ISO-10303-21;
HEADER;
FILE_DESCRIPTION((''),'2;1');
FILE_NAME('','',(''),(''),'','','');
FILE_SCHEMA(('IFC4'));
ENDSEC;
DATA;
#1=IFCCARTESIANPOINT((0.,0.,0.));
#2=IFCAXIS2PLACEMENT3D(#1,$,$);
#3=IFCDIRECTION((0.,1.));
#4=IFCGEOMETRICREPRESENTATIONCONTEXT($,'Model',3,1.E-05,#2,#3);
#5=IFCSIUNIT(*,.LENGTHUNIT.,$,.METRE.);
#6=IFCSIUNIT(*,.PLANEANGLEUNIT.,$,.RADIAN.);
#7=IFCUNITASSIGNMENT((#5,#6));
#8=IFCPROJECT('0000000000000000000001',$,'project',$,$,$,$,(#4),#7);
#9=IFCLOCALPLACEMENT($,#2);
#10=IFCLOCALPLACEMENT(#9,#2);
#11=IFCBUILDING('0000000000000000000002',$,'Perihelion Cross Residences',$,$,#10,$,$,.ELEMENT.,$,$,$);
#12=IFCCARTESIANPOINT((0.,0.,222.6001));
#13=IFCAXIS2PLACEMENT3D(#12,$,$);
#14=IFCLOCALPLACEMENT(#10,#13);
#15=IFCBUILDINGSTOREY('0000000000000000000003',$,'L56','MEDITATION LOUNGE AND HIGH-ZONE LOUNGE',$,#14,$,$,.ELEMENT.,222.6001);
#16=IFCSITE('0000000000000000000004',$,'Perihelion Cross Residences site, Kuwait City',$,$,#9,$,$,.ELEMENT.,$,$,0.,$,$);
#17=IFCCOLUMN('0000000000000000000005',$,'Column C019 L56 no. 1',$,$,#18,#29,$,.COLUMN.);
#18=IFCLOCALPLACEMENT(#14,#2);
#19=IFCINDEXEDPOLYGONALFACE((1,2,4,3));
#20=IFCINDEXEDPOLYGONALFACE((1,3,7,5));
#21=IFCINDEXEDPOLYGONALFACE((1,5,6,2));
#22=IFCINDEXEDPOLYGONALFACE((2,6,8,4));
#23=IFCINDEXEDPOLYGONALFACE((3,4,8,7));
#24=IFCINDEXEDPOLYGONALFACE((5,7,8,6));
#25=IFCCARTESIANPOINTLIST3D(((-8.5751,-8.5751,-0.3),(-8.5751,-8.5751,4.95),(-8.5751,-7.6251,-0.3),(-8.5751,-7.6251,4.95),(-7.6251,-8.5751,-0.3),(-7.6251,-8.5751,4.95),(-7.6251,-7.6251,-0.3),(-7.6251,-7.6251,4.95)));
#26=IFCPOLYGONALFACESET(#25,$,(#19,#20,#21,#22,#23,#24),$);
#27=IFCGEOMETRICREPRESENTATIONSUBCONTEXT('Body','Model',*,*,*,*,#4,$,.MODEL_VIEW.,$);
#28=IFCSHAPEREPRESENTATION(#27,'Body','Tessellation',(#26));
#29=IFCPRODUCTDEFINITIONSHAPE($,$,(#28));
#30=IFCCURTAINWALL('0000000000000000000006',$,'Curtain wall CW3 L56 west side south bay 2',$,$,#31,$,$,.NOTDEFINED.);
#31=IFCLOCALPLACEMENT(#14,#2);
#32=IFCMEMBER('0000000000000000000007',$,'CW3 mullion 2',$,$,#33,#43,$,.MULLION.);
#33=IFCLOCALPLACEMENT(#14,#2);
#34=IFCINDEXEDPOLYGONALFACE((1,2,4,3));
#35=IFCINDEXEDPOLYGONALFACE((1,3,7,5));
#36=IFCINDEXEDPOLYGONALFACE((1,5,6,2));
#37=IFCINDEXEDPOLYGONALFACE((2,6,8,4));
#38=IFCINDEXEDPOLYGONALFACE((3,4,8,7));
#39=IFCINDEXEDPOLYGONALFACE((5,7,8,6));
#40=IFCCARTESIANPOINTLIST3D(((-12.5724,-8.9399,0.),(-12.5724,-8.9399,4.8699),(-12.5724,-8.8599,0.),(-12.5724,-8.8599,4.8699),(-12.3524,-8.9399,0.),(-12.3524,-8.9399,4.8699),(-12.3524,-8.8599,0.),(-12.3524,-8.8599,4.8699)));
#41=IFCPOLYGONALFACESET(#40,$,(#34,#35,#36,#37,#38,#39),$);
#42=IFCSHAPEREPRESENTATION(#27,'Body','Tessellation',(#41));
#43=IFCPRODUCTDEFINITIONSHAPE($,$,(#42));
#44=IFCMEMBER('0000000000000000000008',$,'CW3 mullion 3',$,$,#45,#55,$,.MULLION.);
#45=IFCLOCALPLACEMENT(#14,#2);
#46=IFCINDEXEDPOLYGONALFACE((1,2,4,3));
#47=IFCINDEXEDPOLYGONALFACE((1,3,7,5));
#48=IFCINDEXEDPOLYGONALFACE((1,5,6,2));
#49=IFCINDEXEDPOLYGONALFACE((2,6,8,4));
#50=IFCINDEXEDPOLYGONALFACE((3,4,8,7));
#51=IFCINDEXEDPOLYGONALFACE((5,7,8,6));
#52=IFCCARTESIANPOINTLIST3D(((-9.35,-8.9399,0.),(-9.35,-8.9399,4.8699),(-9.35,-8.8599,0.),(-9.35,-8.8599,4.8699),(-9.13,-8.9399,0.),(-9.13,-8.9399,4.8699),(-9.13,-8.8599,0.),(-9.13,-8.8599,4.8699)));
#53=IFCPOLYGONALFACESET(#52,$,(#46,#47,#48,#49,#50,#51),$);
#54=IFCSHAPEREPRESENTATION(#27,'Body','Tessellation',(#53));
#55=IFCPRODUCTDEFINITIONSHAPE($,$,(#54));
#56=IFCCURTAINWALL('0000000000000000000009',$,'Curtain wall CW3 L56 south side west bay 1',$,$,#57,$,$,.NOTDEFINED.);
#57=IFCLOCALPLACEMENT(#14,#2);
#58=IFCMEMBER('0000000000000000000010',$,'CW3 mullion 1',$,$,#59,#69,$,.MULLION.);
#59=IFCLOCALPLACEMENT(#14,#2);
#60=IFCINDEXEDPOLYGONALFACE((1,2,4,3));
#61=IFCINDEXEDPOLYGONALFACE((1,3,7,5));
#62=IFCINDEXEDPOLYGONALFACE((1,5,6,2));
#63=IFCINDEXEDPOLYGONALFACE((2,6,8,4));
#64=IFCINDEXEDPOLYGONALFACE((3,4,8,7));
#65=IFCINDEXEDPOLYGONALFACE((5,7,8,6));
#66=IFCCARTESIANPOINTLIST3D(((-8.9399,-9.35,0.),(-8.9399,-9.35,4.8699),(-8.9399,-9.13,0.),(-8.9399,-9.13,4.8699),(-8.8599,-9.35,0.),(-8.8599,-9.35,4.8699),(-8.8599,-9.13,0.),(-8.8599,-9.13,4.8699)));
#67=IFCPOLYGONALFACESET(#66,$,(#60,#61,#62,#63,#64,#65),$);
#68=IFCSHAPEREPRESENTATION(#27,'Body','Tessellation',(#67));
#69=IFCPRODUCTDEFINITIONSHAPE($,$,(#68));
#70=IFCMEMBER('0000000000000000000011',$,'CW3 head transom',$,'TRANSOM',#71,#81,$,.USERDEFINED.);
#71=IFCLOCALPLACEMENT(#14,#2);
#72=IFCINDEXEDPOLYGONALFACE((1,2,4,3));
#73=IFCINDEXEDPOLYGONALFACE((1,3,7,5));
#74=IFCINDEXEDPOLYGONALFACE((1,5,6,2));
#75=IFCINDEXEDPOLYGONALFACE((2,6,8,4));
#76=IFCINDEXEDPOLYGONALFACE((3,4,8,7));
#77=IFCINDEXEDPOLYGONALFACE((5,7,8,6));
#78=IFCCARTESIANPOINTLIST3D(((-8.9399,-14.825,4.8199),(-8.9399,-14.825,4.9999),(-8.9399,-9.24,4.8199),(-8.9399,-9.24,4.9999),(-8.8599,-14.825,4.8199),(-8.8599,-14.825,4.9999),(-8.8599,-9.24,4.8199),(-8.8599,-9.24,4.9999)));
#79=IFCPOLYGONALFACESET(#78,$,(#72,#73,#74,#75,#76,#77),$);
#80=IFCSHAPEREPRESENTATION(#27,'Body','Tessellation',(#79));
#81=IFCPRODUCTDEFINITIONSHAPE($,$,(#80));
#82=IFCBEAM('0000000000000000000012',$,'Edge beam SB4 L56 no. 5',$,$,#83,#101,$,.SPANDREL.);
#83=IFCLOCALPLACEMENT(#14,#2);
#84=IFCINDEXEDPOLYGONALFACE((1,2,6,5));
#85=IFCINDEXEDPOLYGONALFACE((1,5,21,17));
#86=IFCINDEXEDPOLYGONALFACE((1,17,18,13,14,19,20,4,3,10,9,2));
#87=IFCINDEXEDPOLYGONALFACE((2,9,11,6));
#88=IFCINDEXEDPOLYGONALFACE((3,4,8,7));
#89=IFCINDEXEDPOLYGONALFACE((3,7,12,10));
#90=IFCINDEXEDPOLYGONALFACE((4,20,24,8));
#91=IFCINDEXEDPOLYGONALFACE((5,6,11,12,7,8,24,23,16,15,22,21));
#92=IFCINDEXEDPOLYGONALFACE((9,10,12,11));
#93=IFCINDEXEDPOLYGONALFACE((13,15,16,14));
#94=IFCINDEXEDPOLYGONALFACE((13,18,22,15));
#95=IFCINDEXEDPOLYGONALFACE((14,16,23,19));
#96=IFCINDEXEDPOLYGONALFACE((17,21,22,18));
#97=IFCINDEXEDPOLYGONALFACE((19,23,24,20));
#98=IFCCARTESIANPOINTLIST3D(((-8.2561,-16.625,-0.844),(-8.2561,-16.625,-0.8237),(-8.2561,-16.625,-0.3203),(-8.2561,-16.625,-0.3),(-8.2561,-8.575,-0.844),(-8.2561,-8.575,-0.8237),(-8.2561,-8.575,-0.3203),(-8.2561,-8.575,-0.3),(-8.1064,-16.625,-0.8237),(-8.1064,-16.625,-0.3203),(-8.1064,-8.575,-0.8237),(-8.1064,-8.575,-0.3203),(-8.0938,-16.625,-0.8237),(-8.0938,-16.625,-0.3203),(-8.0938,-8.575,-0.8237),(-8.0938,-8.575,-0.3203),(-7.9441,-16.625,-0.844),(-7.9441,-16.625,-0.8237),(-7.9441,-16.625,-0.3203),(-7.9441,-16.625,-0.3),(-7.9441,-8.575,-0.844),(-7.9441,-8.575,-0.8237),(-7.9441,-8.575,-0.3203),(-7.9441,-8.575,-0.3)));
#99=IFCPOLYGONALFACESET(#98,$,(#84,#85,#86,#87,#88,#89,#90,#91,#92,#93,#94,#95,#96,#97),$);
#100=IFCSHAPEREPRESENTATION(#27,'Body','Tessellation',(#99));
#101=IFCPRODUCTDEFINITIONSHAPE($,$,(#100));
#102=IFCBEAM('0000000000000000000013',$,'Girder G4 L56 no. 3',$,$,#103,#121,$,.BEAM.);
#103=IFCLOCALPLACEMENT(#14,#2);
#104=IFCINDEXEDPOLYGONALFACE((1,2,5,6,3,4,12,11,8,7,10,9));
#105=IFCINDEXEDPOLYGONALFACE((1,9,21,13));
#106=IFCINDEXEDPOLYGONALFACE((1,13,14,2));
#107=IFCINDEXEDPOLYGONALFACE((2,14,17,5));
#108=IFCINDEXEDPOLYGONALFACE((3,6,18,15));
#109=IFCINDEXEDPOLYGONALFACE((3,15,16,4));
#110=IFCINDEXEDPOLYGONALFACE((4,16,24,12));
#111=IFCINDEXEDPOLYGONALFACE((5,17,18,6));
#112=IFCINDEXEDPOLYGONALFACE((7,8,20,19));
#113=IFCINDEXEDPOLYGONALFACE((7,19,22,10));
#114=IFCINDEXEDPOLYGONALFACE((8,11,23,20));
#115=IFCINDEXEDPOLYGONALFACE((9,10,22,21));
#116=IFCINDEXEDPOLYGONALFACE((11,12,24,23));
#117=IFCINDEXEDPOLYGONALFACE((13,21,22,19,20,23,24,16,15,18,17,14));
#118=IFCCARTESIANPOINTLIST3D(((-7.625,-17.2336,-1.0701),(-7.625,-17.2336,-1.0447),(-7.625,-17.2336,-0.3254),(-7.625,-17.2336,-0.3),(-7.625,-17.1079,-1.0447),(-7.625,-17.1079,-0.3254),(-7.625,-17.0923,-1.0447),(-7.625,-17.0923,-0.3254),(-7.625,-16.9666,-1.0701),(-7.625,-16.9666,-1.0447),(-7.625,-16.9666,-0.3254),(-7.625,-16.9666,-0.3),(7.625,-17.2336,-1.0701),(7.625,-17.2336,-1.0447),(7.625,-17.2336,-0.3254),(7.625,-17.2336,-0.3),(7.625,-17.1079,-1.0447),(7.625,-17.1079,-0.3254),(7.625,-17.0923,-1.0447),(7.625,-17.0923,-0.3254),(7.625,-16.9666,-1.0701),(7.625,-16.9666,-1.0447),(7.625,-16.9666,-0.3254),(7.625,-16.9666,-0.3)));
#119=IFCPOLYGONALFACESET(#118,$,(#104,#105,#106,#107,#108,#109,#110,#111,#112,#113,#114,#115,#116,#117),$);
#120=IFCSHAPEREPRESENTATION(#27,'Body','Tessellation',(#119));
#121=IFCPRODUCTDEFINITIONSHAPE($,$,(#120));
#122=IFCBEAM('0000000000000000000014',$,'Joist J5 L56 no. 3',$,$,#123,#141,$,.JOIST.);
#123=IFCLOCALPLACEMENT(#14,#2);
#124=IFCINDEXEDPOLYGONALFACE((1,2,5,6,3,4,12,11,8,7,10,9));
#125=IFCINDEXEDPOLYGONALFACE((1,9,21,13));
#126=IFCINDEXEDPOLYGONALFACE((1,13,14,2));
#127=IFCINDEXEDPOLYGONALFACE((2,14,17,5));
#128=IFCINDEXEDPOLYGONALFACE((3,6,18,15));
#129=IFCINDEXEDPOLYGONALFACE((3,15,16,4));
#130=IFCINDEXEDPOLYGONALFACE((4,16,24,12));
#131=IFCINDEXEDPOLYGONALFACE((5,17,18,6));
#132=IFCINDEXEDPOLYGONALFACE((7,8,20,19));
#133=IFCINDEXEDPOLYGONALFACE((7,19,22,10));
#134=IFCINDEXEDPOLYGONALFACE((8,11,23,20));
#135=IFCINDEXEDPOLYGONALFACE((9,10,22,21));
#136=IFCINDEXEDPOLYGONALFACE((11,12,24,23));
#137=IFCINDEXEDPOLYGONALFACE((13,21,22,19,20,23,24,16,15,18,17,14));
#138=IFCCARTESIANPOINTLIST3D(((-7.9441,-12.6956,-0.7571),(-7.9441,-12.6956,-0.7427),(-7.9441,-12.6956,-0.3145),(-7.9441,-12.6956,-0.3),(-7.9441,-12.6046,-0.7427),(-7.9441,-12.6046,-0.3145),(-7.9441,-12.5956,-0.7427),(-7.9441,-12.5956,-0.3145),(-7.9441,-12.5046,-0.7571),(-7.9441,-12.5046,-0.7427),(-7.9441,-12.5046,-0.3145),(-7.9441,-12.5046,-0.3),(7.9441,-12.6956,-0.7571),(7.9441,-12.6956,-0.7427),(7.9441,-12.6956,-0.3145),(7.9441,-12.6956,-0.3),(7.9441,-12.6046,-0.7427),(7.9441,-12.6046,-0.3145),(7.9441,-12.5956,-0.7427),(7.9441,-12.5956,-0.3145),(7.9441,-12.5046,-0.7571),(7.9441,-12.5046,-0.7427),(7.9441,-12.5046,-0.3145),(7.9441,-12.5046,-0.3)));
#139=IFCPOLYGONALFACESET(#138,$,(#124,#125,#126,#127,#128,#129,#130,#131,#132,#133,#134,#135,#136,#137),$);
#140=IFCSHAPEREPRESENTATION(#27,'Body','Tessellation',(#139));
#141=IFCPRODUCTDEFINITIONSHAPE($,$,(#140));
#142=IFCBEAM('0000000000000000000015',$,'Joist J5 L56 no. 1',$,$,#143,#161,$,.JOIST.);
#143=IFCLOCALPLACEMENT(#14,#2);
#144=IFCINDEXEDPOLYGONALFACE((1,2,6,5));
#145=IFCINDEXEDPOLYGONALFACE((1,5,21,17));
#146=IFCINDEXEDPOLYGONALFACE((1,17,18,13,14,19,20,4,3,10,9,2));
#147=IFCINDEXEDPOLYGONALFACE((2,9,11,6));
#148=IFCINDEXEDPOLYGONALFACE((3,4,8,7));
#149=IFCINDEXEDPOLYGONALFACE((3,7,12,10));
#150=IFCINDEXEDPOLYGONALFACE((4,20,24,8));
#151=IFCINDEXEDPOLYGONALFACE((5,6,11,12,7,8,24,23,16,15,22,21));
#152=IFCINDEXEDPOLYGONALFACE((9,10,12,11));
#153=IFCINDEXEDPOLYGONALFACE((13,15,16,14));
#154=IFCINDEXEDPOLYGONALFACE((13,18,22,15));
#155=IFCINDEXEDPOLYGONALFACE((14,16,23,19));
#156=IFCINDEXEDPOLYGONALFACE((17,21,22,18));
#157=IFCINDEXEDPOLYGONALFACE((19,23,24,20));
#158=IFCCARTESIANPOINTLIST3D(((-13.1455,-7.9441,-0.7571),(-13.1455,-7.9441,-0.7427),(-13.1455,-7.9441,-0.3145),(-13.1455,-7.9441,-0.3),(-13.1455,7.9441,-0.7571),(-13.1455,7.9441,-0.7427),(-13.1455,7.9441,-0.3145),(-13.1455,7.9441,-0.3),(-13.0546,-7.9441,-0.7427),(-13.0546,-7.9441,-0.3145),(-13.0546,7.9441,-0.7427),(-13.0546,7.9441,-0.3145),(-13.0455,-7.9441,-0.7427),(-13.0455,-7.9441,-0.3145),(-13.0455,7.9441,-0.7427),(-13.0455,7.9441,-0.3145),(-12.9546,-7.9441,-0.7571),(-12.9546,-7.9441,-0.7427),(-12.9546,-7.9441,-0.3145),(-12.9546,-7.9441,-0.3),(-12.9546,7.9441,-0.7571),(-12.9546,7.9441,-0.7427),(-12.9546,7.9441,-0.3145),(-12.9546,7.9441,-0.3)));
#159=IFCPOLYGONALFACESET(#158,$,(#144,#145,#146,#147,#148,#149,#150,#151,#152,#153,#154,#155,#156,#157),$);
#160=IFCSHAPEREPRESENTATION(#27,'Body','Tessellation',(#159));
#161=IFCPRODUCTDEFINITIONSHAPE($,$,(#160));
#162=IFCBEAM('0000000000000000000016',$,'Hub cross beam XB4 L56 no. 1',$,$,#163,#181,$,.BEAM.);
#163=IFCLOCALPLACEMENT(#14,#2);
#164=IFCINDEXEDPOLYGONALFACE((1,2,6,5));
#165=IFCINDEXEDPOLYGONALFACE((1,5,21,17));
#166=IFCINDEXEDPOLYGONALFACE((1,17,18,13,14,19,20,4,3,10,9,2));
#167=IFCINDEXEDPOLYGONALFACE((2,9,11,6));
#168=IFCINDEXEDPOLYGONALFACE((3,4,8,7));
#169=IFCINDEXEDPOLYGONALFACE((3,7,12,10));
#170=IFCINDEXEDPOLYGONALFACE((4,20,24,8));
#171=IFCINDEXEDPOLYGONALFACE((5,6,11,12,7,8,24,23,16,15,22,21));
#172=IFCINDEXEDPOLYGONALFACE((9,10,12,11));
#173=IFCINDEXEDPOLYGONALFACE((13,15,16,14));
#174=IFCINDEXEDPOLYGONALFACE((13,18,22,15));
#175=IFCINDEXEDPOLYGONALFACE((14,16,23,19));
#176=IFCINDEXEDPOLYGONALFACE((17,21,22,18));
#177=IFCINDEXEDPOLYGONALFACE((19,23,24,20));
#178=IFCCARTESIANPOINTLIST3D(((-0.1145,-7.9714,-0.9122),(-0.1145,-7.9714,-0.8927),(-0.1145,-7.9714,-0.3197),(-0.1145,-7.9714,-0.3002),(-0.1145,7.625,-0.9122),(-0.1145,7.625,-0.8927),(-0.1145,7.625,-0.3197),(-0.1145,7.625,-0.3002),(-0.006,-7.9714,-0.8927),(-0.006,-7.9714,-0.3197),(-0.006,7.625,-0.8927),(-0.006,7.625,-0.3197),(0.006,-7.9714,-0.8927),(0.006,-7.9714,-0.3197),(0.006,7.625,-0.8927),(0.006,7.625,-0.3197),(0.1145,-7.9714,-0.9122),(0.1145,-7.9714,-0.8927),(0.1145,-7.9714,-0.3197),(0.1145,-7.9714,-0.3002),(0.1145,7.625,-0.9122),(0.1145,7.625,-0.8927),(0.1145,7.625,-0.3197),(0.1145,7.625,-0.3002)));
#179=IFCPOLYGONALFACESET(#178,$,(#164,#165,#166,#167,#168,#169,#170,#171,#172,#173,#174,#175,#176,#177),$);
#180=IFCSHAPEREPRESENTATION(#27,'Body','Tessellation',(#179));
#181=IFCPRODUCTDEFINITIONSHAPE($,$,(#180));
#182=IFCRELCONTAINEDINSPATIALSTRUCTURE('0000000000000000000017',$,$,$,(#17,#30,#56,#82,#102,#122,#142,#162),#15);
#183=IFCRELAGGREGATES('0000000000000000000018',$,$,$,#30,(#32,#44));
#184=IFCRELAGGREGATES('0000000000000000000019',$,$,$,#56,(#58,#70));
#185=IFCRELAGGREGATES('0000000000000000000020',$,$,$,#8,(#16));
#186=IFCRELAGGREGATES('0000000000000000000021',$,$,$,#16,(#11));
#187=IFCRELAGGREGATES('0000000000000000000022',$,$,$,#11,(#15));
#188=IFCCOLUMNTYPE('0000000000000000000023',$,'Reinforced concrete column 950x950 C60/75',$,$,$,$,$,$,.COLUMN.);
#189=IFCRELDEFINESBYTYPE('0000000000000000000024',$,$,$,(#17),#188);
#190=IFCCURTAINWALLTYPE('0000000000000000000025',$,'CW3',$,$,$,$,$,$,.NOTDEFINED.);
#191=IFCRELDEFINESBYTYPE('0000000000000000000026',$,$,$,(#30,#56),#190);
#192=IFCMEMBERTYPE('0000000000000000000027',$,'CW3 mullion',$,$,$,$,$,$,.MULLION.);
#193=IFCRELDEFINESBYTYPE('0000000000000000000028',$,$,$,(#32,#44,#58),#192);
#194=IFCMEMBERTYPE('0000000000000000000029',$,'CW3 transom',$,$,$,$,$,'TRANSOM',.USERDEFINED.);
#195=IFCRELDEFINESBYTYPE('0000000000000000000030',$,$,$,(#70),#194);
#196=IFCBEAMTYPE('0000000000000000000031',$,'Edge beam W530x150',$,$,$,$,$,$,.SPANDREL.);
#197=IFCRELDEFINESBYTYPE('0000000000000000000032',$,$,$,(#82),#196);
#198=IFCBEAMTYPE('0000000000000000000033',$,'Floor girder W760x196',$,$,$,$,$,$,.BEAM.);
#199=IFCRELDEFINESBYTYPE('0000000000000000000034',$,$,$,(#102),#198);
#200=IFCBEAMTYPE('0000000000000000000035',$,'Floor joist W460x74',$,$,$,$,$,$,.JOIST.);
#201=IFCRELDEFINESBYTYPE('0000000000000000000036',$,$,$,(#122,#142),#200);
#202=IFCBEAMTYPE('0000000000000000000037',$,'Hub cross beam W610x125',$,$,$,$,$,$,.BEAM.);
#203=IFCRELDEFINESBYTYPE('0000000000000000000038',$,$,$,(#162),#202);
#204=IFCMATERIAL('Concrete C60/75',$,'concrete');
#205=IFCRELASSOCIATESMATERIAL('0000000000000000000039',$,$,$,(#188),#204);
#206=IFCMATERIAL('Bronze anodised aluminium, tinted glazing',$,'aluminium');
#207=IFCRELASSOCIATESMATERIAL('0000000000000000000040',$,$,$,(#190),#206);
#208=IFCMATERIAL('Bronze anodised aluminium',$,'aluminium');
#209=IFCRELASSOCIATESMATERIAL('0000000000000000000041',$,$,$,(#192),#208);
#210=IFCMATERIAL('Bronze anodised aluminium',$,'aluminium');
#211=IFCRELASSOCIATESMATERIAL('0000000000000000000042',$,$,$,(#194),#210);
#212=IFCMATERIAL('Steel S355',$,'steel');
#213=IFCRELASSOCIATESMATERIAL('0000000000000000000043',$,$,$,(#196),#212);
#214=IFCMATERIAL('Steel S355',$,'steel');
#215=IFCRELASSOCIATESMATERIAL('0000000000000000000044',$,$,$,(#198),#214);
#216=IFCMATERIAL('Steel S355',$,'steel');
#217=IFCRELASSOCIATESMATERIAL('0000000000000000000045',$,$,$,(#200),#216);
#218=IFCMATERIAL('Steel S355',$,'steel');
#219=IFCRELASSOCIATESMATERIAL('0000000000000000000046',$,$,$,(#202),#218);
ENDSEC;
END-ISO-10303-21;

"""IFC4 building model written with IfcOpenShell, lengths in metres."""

from ifc_helpers import new_model, si_unit, direction, frame, origin, origin_2d, place, context, subcontext, project, spatial, rectangle, i_section, extrude, material, material_profile, profile_set, type_object, element, aggregate, save


model = new_model("IFC4")

# Units and contexts
model_context = context("Model", 3, precision=1e-05, world=origin(), true_north=direction((0.0, 1.0)))
body_context = subcontext(model_context, "Body", "Model", "MODEL_VIEW")
ifc_project = project(units=[si_unit("LENGTHUNIT", "METRE"), si_unit("PLANEANGLEUNIT", "RADIAN")], contexts=[model_context])

# Site, building, storey
site_placement = place(None, origin())
site = spatial("IfcSite", under=ifc_project, at=site_placement, Name="Perihelion Cross Residences site, Kuwait City", CompositionType="ELEMENT", RefElevation=0.0)
building_placement = place(site_placement, origin())
building = spatial("IfcBuilding", under=site, at=building_placement, Name="Perihelion Cross Residences", CompositionType="ELEMENT")
storey_placement = place(building_placement, frame((0.0, 0.0, 222.6001)))
storey = spatial("IfcBuildingStorey", under=building, at=storey_placement, Name="L56", Description="MEDITATION LOUNGE AND HIGH-ZONE LOUNGE", CompositionType="ELEMENT", Elevation=222.6001)

# Column
ifc_material_1 = material(Name="Concrete C60/75", Category="concrete")
ifc_material_profile_1 = material_profile(ifc_material_1, rectangle(XDim=0.95, YDim=0.95, at=origin_2d()), Name="RC 950x950")
ifc_profile_set_1 = profile_set([ifc_material_profile_1], Name="Concrete C60/75")
column_type = type_object("IfcColumnType", Name="Reinforced concrete column 950x950 C60/75", PredefinedType="COLUMN", material=ifc_profile_set_1)
column_placement = place(storey_placement, frame((-8.1001, -8.1001, -0.3), z_axis=(0.0, 0.0, 1.0), x_axis=(1.0, 0.0, 0.0)))
element("IfcColumn", 1, at=column_placement, inside=storey, type_object=column_type, Name="Column C019 L56 no. 1", PredefinedType="COLUMN", context=body_context, shape_type="SweptSolid", body=[
    extrude(rectangle(XDim=0.95, YDim=0.95, at=origin_2d()), origin(), (0.0, 0.0, 1.0), 5.25),
])

# Curtain walls, members
ifc_material_2 = material(Name="Bronze anodised aluminium, tinted glazing", Category="aluminium")
curtain_wall_type = type_object("IfcCurtainWallType", Name="CW3", PredefinedType="NOTDEFINED", material=ifc_material_2)
curtain_wall_1_placement = place(storey_placement, origin())
curtain_wall_1 = element("IfcCurtainWall", 2, at=curtain_wall_1_placement, inside=storey, type_object=curtain_wall_type, Name="Curtain wall CW3 L56 west side south bay 2", PredefinedType="NOTDEFINED")
ifc_material_3 = material(Name="Bronze anodised aluminium", Category="aluminium")
ifc_material_profile_2 = material_profile(ifc_material_3, rectangle(XDim=0.0801, YDim=0.22, at=origin_2d()), Name="CW3 mullion")
ifc_profile_set_2 = profile_set([ifc_material_profile_2], Name="Bronze anodised aluminium")
member_type_1 = type_object("IfcMemberType", Name="CW3 mullion", PredefinedType="MULLION", material=ifc_profile_set_2)
member_1_placement = place(storey_placement, frame((-12.4624, -8.8999, 0.0), z_axis=(0.0, 0.0, 1.0), x_axis=(0.0, 1.0, 0.0)))
member_1 = element("IfcMember", 3, at=member_1_placement, type_object=member_type_1, Name="CW3 mullion 2", PredefinedType="MULLION", context=body_context, shape_type="SweptSolid", body=[
    extrude(rectangle(XDim=0.0801, YDim=0.22, at=origin_2d()), origin(), (0.0, 0.0, 1.0), 4.8699),
])
member_2_placement = place(storey_placement, frame((-9.24, -8.8999, 0.0), z_axis=(0.0, 0.0, 1.0), x_axis=(0.0, 1.0, 0.0)))
member_2 = element("IfcMember", 4, at=member_2_placement, type_object=member_type_1, Name="CW3 mullion 3", PredefinedType="MULLION", context=body_context, shape_type="SweptSolid", body=[
    extrude(rectangle(XDim=0.0801, YDim=0.22, at=origin_2d()), origin(), (0.0, 0.0, 1.0), 4.8699),
])
curtain_wall_2_placement = place(storey_placement, origin())
curtain_wall_2 = element("IfcCurtainWall", 5, at=curtain_wall_2_placement, inside=storey, type_object=curtain_wall_type, Name="Curtain wall CW3 L56 south side west bay 1", PredefinedType="NOTDEFINED")
member_3_placement = place(storey_placement, frame((-8.8999, -9.24, 0.0), z_axis=(0.0, 0.0, 1.0), x_axis=(1.0, 0.0, 0.0)))
member_3 = element("IfcMember", 6, at=member_3_placement, type_object=member_type_1, Name="CW3 mullion 1", PredefinedType="MULLION", context=body_context, shape_type="SweptSolid", body=[
    extrude(rectangle(XDim=0.0801, YDim=0.22, at=origin_2d()), origin(), (0.0, 0.0, 1.0), 4.8699),
])
ifc_material_4 = material(Name="Bronze anodised aluminium", Category="aluminium")
ifc_material_profile_3 = material_profile(ifc_material_4, rectangle(XDim=0.0801, YDim=0.1799, at=origin_2d()), Name="CW3 transom")
ifc_profile_set_3 = profile_set([ifc_material_profile_3], Name="Bronze anodised aluminium")
member_type_2 = type_object("IfcMemberType", Name="CW3 transom", ElementType="TRANSOM", PredefinedType="USERDEFINED", material=ifc_profile_set_3)
member_4_placement = place(storey_placement, frame((-8.8999, -9.24, 4.9099), z_axis=(0.0, -1.0, 0.0), x_axis=(1.0, 0.0, 0.0)))
member_4 = element("IfcMember", 7, at=member_4_placement, type_object=member_type_2, Name="CW3 head transom", ObjectType="TRANSOM", PredefinedType="USERDEFINED", context=body_context, shape_type="SweptSolid", body=[
    extrude(rectangle(XDim=0.0801, YDim=0.1799, at=origin_2d()), origin(), (0.0, 0.0, 1.0), 5.585),
])

# Beams
ifc_material_5 = material(Name="Steel S355", Category="steel")
ifc_material_profile_4 = material_profile(ifc_material_5, i_section(OverallWidth=0.312, OverallDepth=0.5439, WebThickness=0.0127, FlangeThickness=0.0203, at=origin_2d()), Name="W530x150")
ifc_profile_set_4 = profile_set([ifc_material_profile_4], Name="Steel S355")
beam_type_1 = type_object("IfcBeamType", Name="Edge beam W530x150", PredefinedType="SPANDREL", material=ifc_profile_set_4)
beam_1_placement = place(storey_placement, frame((-8.1001, -8.575, -0.572), z_axis=(0.0, -1.0, 0.0), x_axis=(1.0, 0.0, 0.0)))
element("IfcBeam", 8, at=beam_1_placement, inside=storey, type_object=beam_type_1, Name="Edge beam SB4 L56 no. 5", PredefinedType="SPANDREL", context=body_context, shape_type="SweptSolid", body=[
    extrude(i_section(OverallWidth=0.312, OverallDepth=0.5439, WebThickness=0.0127, FlangeThickness=0.0203, at=origin_2d()), origin(), (0.0, 0.0, 1.0), 8.05),
])
ifc_material_6 = material(Name="Steel S355", Category="steel")
ifc_material_profile_5 = material_profile(ifc_material_6, i_section(OverallWidth=0.2671, OverallDepth=0.77, WebThickness=0.0156, FlangeThickness=0.0254, at=origin_2d()), Name="W760x196")
ifc_profile_set_5 = profile_set([ifc_material_profile_5], Name="Steel S355")
beam_type_2 = type_object("IfcBeamType", Name="Floor girder W760x196", PredefinedType="BEAM", material=ifc_profile_set_5)
beam_2_placement = place(storey_placement, frame((-7.625, -17.1001, -0.6851), z_axis=(1.0, 0.0, 0.0), x_axis=(0.0, 1.0, 0.0)))
element("IfcBeam", 9, at=beam_2_placement, inside=storey, type_object=beam_type_2, Name="Girder G4 L56 no. 3", PredefinedType="BEAM", context=body_context, shape_type="SweptSolid", body=[
    extrude(i_section(OverallWidth=0.2671, OverallDepth=0.77, WebThickness=0.0156, FlangeThickness=0.0254, at=origin_2d()), origin(), (0.0, 0.0, 1.0), 15.25),
])
ifc_material_7 = material(Name="Steel S355", Category="steel")
ifc_material_profile_6 = material_profile(ifc_material_7, i_section(OverallWidth=0.1909, OverallDepth=0.457, WebThickness=0.009, FlangeThickness=0.0144, at=origin_2d()), Name="W460x74")
ifc_profile_set_6 = profile_set([ifc_material_profile_6], Name="Steel S355")
beam_type_3 = type_object("IfcBeamType", Name="Floor joist W460x74", PredefinedType="JOIST", material=ifc_profile_set_6)
for number, where, z_axis, x_axis, name in (
    (10, (-7.9441, -12.6001, -0.5286), (1.0, 0.0, 0.0), (0.0, 1.0, 0.0), "Joist J5 L56 no. 3"),
    (11, (-13.05, -7.9441, -0.5286), (0.0, 1.0, 0.0), (-1.0, 0.0, 0.0), "Joist J5 L56 no. 1"),
):
    element("IfcBeam", number, at=place(storey_placement, frame(where, z_axis=z_axis, x_axis=x_axis)), inside=storey, type_object=beam_type_3, Name=name, PredefinedType="JOIST", context=body_context, shape_type="SweptSolid", body=[
        extrude(i_section(OverallWidth=0.1909, OverallDepth=0.457, WebThickness=0.009, FlangeThickness=0.0144, at=origin_2d()), origin(), (0.0, 0.0, 1.0), 15.8882),
    ])
ifc_material_8 = material(Name="Steel S355", Category="steel")
ifc_material_profile_7 = material_profile(ifc_material_8, i_section(OverallWidth=0.229, OverallDepth=0.6121, WebThickness=0.012, FlangeThickness=0.0195, at=origin_2d()), Name="W610x125")
ifc_profile_set_7 = profile_set([ifc_material_profile_7], Name="Steel S355")
beam_type_4 = type_object("IfcBeamType", Name="Hub cross beam W610x125", PredefinedType="BEAM", material=ifc_profile_set_7)
beam_3_placement = place(storey_placement, frame((0.0, -7.9714, -0.6062), z_axis=(0.0, 1.0, 0.0), x_axis=(-1.0, 0.0, 0.0)))
element("IfcBeam", 12, at=beam_3_placement, inside=storey, type_object=beam_type_4, Name="Hub cross beam XB4 L56 no. 1", PredefinedType="BEAM", context=body_context, shape_type="SweptSolid", body=[
    extrude(i_section(OverallWidth=0.229, OverallDepth=0.6121, WebThickness=0.012, FlangeThickness=0.0195, at=origin_2d()), origin(), (0.0, 0.0, 1.0), 15.5964),
])

aggregate(curtain_wall_1, [member_1, member_2])
aggregate(curtain_wall_2, [member_3, member_4])

save(model, "model.ifc")
